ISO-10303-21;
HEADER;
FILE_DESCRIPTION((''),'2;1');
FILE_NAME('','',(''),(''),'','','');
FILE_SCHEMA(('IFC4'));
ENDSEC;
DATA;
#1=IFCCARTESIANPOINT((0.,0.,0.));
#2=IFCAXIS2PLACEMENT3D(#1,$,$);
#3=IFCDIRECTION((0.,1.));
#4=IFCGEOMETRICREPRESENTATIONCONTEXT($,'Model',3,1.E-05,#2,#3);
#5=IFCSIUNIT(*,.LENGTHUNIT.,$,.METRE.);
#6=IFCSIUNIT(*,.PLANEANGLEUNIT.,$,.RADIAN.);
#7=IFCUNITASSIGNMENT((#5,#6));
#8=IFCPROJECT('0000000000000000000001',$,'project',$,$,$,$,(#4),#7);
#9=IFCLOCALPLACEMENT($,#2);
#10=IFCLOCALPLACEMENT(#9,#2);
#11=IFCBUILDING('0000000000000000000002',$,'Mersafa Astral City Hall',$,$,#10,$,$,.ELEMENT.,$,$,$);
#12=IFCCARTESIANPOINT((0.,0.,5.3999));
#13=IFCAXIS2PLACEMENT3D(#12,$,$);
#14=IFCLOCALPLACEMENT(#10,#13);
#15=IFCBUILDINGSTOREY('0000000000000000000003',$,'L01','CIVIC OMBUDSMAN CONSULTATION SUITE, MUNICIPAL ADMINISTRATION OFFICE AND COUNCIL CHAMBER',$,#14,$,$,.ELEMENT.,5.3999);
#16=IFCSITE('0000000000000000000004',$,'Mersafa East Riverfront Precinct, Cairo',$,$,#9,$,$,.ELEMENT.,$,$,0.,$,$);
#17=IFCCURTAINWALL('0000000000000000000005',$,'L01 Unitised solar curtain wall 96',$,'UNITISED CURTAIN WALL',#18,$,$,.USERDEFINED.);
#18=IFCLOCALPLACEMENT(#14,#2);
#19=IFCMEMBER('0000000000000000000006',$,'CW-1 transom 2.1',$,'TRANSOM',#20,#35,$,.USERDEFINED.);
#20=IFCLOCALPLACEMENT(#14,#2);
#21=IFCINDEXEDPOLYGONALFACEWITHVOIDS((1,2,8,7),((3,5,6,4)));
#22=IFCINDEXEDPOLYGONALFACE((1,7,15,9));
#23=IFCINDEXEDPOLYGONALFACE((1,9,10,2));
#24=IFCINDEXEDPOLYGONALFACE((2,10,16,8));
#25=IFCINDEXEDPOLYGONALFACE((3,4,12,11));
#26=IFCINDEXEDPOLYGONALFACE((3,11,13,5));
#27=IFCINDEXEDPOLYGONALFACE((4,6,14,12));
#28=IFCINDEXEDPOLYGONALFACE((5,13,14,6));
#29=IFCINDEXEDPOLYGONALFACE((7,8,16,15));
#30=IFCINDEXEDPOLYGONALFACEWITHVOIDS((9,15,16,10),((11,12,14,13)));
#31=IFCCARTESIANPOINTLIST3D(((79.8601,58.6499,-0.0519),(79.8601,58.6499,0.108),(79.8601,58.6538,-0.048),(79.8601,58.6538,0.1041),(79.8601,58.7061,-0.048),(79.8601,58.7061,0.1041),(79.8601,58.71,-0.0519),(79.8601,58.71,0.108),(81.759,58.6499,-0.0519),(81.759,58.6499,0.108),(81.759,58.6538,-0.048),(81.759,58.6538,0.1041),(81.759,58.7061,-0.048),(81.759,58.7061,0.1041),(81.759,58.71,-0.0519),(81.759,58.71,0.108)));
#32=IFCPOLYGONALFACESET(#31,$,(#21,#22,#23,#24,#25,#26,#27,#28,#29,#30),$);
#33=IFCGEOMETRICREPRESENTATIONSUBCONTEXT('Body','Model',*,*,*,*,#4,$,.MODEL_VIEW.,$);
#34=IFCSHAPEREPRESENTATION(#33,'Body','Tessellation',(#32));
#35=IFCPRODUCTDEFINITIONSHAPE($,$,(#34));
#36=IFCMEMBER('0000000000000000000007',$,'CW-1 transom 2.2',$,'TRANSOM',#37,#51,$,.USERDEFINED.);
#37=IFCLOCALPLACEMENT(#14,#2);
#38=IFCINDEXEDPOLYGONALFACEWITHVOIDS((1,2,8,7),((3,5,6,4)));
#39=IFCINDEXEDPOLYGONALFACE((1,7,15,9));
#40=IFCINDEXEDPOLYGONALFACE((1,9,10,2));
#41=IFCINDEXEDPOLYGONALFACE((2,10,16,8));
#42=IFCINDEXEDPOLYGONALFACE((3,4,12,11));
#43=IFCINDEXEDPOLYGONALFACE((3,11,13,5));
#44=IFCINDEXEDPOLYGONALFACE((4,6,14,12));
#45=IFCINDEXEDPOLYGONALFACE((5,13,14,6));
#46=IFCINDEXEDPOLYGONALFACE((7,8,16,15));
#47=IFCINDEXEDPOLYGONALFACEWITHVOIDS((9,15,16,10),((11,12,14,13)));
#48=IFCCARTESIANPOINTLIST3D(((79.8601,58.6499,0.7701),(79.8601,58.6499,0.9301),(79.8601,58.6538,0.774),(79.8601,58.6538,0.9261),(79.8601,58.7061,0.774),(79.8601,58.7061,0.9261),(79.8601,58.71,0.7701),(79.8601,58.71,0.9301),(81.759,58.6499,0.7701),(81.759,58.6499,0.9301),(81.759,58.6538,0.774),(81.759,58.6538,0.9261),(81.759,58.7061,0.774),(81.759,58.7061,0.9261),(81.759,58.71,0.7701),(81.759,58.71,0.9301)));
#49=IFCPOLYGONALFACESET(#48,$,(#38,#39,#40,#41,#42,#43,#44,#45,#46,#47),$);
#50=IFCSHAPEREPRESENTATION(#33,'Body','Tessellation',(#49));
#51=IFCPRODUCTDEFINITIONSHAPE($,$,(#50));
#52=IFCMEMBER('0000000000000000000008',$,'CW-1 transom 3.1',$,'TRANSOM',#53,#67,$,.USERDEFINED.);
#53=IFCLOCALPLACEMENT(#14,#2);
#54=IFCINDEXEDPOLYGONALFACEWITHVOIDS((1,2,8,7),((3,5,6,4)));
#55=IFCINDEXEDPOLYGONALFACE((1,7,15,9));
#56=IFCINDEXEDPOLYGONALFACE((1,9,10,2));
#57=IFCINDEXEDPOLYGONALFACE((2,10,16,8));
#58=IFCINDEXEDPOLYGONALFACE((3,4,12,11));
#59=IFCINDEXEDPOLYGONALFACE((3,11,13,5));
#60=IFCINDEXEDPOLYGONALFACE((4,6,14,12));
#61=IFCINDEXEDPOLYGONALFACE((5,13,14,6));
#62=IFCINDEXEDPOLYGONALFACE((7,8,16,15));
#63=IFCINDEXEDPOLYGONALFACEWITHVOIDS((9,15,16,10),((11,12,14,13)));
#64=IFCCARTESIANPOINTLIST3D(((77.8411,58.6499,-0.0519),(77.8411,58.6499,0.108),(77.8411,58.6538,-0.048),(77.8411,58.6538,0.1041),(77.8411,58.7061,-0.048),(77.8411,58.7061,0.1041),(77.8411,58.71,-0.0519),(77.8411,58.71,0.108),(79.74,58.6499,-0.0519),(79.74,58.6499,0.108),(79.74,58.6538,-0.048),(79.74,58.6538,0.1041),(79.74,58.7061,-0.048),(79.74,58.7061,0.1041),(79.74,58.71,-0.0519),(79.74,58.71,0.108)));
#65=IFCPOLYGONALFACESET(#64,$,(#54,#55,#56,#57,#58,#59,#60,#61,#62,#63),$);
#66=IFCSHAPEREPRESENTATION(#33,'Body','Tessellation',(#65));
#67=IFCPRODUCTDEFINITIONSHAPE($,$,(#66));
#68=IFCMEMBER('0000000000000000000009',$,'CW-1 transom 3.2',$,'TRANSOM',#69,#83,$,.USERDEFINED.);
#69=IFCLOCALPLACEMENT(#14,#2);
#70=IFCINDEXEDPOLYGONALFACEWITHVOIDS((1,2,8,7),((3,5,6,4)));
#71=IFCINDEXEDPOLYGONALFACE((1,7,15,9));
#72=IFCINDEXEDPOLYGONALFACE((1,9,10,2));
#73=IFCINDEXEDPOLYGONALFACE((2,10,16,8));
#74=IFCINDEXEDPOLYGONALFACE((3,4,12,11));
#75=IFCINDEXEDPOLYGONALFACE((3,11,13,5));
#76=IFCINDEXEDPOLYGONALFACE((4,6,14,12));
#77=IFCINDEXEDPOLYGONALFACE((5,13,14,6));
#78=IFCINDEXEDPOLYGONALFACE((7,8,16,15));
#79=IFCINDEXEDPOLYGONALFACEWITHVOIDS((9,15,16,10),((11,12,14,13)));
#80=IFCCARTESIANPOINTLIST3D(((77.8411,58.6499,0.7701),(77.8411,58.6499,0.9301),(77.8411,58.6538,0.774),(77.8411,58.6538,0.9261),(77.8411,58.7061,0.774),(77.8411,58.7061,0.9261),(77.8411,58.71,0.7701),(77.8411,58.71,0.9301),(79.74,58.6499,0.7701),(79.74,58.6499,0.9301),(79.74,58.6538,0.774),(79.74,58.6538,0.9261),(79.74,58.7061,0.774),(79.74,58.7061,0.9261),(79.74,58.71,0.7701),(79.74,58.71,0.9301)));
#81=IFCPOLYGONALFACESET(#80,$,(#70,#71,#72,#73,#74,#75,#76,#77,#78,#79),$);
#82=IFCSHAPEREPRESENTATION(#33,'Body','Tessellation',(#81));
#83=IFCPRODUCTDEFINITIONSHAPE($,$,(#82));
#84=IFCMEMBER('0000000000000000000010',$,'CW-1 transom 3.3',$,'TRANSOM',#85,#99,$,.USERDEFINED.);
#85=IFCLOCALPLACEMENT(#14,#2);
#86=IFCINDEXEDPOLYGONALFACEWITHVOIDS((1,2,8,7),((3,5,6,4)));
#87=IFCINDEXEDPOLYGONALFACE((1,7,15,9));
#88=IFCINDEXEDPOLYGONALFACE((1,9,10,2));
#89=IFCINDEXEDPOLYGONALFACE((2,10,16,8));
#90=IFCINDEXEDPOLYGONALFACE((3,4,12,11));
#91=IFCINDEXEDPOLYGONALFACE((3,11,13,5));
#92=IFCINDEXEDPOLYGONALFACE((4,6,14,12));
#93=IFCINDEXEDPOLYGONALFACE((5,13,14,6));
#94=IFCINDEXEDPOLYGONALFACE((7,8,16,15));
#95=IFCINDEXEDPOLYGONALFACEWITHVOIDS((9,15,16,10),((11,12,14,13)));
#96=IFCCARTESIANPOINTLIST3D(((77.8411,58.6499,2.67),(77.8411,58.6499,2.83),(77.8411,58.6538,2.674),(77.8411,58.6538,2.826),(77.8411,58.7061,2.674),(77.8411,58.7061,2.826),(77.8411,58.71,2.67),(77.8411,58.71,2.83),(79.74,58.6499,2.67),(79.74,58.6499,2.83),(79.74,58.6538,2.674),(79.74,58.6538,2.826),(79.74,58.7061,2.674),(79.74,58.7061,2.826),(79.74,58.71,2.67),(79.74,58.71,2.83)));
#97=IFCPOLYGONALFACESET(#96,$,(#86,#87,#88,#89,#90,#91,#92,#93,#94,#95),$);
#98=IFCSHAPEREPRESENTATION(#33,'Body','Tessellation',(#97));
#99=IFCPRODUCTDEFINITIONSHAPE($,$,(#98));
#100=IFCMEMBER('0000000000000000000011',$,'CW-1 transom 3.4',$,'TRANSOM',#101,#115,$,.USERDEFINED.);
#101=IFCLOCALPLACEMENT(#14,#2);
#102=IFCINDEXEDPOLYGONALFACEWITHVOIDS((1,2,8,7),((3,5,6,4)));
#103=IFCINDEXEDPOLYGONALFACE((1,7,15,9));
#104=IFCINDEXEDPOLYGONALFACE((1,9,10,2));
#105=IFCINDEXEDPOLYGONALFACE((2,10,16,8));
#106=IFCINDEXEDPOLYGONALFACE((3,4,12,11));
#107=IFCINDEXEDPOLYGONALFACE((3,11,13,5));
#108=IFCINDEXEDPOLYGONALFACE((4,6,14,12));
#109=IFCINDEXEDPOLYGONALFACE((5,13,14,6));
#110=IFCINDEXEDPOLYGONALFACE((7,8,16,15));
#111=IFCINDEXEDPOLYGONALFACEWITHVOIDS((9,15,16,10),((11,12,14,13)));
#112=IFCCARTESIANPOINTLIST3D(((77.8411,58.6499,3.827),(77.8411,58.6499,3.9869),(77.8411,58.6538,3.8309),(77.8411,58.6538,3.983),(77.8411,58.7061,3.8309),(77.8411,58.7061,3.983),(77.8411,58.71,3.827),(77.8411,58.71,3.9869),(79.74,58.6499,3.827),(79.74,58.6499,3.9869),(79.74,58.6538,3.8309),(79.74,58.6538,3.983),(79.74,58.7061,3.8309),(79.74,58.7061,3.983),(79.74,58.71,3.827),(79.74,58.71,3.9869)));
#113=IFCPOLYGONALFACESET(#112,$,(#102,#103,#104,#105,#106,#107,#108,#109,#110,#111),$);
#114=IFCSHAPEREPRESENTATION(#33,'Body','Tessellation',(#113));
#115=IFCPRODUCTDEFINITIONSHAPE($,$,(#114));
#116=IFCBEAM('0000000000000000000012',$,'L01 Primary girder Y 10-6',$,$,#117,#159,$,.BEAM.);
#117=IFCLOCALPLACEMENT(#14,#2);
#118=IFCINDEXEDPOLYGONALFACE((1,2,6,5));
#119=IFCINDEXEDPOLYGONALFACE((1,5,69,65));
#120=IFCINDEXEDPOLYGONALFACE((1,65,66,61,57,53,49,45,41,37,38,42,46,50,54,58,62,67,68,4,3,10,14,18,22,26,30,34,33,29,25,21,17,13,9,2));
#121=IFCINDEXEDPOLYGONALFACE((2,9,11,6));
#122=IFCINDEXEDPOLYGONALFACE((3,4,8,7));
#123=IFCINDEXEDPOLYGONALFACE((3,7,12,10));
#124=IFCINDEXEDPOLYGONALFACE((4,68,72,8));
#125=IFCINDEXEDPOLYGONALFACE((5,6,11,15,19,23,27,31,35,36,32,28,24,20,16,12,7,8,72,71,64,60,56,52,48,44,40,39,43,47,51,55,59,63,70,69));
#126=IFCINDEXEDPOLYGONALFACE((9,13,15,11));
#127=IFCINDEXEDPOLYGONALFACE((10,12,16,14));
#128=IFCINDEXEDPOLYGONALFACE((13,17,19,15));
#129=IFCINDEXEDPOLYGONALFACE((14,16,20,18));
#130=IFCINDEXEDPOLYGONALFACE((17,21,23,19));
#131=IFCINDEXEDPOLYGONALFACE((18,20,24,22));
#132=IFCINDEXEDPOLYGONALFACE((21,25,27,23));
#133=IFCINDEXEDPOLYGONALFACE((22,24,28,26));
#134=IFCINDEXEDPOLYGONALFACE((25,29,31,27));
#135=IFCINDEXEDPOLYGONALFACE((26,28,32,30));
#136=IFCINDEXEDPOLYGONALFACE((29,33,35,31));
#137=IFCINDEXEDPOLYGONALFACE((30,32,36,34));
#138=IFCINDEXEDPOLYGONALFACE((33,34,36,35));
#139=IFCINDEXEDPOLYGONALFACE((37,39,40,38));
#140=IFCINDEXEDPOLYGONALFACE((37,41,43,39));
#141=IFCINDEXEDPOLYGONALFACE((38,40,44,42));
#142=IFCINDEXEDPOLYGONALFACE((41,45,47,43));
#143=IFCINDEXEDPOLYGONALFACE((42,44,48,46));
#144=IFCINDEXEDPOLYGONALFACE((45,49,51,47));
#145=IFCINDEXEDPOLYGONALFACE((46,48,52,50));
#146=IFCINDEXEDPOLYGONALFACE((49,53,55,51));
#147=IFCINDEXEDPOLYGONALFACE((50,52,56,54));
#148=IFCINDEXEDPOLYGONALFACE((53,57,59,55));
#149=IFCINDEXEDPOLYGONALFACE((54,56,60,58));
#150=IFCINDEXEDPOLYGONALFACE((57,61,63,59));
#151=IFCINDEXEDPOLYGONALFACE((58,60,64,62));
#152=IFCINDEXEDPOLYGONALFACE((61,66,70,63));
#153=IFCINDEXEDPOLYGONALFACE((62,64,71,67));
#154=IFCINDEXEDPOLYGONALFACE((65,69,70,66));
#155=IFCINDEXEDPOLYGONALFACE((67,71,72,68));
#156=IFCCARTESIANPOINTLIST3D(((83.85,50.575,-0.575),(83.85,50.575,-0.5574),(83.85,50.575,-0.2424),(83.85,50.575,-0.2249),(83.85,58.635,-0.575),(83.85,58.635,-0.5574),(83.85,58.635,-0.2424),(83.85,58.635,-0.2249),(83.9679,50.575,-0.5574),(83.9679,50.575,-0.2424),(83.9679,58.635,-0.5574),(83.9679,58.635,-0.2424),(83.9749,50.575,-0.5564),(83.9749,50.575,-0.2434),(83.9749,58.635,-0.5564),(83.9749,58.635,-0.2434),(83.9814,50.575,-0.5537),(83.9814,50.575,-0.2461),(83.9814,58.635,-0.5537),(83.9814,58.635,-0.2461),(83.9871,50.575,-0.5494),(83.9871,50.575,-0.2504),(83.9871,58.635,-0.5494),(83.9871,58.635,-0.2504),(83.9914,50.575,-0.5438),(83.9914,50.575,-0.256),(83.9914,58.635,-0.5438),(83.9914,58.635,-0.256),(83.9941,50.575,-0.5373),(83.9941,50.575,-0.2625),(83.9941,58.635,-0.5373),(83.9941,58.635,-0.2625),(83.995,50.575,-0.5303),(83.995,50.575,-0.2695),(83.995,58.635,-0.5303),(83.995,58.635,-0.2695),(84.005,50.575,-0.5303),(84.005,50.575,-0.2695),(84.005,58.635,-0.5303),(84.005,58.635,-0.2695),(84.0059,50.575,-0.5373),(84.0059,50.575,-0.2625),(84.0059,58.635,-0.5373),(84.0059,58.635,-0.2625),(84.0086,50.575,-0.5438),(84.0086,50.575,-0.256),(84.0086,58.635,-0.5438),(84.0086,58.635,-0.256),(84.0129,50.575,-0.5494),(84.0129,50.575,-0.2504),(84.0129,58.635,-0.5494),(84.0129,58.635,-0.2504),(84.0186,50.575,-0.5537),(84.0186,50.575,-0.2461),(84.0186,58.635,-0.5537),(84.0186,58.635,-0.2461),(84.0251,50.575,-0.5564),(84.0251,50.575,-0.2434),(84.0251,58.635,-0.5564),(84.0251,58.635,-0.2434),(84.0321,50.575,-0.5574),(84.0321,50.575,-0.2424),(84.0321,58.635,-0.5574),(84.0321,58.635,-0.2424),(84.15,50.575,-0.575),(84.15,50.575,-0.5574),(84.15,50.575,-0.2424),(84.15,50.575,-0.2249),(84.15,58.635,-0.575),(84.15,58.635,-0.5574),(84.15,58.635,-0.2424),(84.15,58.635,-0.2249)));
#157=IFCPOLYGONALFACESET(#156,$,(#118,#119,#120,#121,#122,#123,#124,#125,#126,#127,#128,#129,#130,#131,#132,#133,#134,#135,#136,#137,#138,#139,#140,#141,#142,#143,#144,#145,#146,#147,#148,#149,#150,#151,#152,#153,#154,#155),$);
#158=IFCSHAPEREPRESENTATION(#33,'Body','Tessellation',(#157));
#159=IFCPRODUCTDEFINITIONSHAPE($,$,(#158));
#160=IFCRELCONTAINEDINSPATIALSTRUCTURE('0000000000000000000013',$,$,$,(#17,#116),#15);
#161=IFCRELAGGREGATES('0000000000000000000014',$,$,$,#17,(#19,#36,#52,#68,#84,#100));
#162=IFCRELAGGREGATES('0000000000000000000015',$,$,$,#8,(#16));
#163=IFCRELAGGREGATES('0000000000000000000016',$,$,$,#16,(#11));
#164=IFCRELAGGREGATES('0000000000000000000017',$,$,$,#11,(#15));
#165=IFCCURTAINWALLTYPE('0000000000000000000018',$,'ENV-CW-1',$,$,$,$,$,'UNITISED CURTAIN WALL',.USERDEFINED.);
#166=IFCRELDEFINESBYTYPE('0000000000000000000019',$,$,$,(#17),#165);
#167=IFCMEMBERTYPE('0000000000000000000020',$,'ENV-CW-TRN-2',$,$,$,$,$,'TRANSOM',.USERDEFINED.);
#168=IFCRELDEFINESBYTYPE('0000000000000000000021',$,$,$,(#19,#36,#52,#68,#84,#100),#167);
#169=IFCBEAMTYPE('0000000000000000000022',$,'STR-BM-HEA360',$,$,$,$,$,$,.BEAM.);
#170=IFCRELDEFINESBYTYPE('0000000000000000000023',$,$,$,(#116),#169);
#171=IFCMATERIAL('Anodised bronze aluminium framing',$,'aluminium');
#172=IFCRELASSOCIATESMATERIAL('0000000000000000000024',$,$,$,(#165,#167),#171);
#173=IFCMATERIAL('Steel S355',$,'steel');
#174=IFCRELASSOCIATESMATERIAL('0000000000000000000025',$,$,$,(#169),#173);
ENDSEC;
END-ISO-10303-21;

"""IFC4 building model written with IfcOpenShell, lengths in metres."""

from ifc_helpers import new_model, si_unit, direction, frame, origin, origin_2d, place, context, subcontext, project, spatial, hollow_rectangle, i_section, extrude, material, material_profile, profile_set, type_object, element, aggregate, save


model = new_model("IFC4")

# Units and contexts
model_context = context("Model", 3, precision=1e-05, world=origin(), true_north=direction((0.0, 1.0)))
body_context = subcontext(model_context, "Body", "Model", "MODEL_VIEW")
ifc_project = project(units=[si_unit("LENGTHUNIT", "METRE"), si_unit("PLANEANGLEUNIT", "RADIAN")], contexts=[model_context])

# Site, building, storey
site_placement = place(None, origin())
site = spatial("IfcSite", under=ifc_project, at=site_placement, Name="Mersafa East Riverfront Precinct, Cairo", CompositionType="ELEMENT", RefElevation=0.0)
building_placement = place(site_placement, origin())
building = spatial("IfcBuilding", under=site, at=building_placement, Name="Mersafa Astral City Hall", CompositionType="ELEMENT")
storey_placement = place(building_placement, frame((0.0, 0.0, 5.3999)))
storey = spatial("IfcBuildingStorey", under=building, at=storey_placement, Name="L01", Description="CIVIC OMBUDSMAN CONSULTATION SUITE, MUNICIPAL ADMINISTRATION OFFICE AND COUNCIL CHAMBER", CompositionType="ELEMENT", Elevation=5.3999)

# Curtain wall
ifc_material_1 = material(Name="Anodised bronze aluminium framing", Category="aluminium")
curtain_wall_type_1 = type_object("IfcCurtainWallType", Name="ENV-CW-1", ElementType="UNITISED CURTAIN WALL", PredefinedType="USERDEFINED", material=ifc_material_1)
curtain_wall_1_placement = place(storey_placement, origin())
curtain_wall_1 = element("IfcCurtainWall", 1, at=curtain_wall_1_placement, inside=storey, type_object=curtain_wall_type_1, Name="L01 Unitised solar curtain wall 96", ObjectType="UNITISED CURTAIN WALL", PredefinedType="USERDEFINED")

# Members
ifc_material_profile_1 = material_profile(ifc_material_1, hollow_rectangle(XDim=0.0601, YDim=0.1599, WallThickness=0.0039, at=origin_2d()), Name="RHS 60x160x4")
ifc_profile_set_1 = profile_set([ifc_material_profile_1], Name="Anodised bronze aluminium framing")
member_type_1 = type_object("IfcMemberType", Name="ENV-CW-TRN-2", ElementType="TRANSOM", PredefinedType="USERDEFINED", material=ifc_profile_set_1)
member_1_placement = place(storey_placement, frame((81.759, 58.6799, 0.0281), z_axis=(-1.0, 0.0, 0.0), x_axis=(0.0, -1.0, 0.0)))
member_1 = element("IfcMember", 2, at=member_1_placement, type_object=member_type_1, Name="CW-1 transom 2.1", ObjectType="TRANSOM", PredefinedType="USERDEFINED", context=body_context, shape_type="SweptSolid", body=[
    extrude(hollow_rectangle(XDim=0.0601, YDim=0.1599, WallThickness=0.0039, at=origin_2d()), origin(), (0.0, 0.0, 1.0), 1.8989),
])
member_2_placement = place(storey_placement, frame((81.759, 58.6799, 0.8501), z_axis=(-1.0, 0.0, 0.0), x_axis=(0.0, -1.0, 0.0)))
member_2 = element("IfcMember", 3, at=member_2_placement, type_object=member_type_1, Name="CW-1 transom 2.2", ObjectType="TRANSOM", PredefinedType="USERDEFINED", context=body_context, shape_type="SweptSolid", body=[
    extrude(hollow_rectangle(XDim=0.0601, YDim=0.1599, WallThickness=0.0039, at=origin_2d()), origin(), (0.0, 0.0, 1.0), 1.8989),
])
member_3_placement = place(storey_placement, frame((79.74, 58.6799, 0.0281), z_axis=(-1.0, 0.0, 0.0), x_axis=(0.0, -1.0, 0.0)))
member_3 = element("IfcMember", 4, at=member_3_placement, type_object=member_type_1, Name="CW-1 transom 3.1", ObjectType="TRANSOM", PredefinedType="USERDEFINED", context=body_context, shape_type="SweptSolid", body=[
    extrude(hollow_rectangle(XDim=0.0601, YDim=0.1599, WallThickness=0.0039, at=origin_2d()), origin(), (0.0, 0.0, 1.0), 1.8989),
])
member_4_placement = place(storey_placement, frame((79.74, 58.6799, 0.8501), z_axis=(-1.0, 0.0, 0.0), x_axis=(0.0, -1.0, 0.0)))
member_4 = element("IfcMember", 5, at=member_4_placement, type_object=member_type_1, Name="CW-1 transom 3.2", ObjectType="TRANSOM", PredefinedType="USERDEFINED", context=body_context, shape_type="SweptSolid", body=[
    extrude(hollow_rectangle(XDim=0.0601, YDim=0.1599, WallThickness=0.0039, at=origin_2d()), origin(), (0.0, 0.0, 1.0), 1.8989),
])
member_5_placement = place(storey_placement, frame((79.74, 58.6799, 2.75), z_axis=(-1.0, 0.0, 0.0), x_axis=(0.0, -1.0, 0.0)))
member_5 = element("IfcMember", 6, at=member_5_placement, type_object=member_type_1, Name="CW-1 transom 3.3", ObjectType="TRANSOM", PredefinedType="USERDEFINED", context=body_context, shape_type="SweptSolid", body=[
    extrude(hollow_rectangle(XDim=0.0601, YDim=0.1599, WallThickness=0.0039, at=origin_2d()), origin(), (0.0, 0.0, 1.0), 1.8989),
])
member_6_placement = place(storey_placement, frame((79.74, 58.6799, 3.907), z_axis=(-1.0, 0.0, 0.0), x_axis=(0.0, -1.0, 0.0)))
member_6 = element("IfcMember", 7, at=member_6_placement, type_object=member_type_1, Name="CW-1 transom 3.4", ObjectType="TRANSOM", PredefinedType="USERDEFINED", context=body_context, shape_type="SweptSolid", body=[
    extrude(hollow_rectangle(XDim=0.0601, YDim=0.1599, WallThickness=0.0039, at=origin_2d()), origin(), (0.0, 0.0, 1.0), 1.8989),
])

# Beam
ifc_material_2 = material(Name="Steel S355", Category="steel")
ifc_material_profile_2 = material_profile(ifc_material_2, i_section(OverallWidth=0.3, OverallDepth=0.3501, WebThickness=0.01, FlangeThickness=0.0176, FilletRadius=0.0271, at=origin_2d()), Name="HEA 360")
ifc_profile_set_2 = profile_set([ifc_material_profile_2], Name="Steel S355")
beam_type_1 = type_object("IfcBeamType", Name="STR-BM-HEA360", PredefinedType="BEAM", material=ifc_profile_set_2)
beam_1_placement = place(storey_placement, frame((84.0, 50.575, -0.3999), z_axis=(0.0, 1.0, 0.0), x_axis=(-1.0, 0.0, 0.0)))
element("IfcBeam", 8, at=beam_1_placement, inside=storey, type_object=beam_type_1, Name="L01 Primary girder Y 10-6", PredefinedType="BEAM", context=body_context, shape_type="SweptSolid", body=[
    extrude(i_section(OverallWidth=0.3, OverallDepth=0.3501, WebThickness=0.01, FlangeThickness=0.0176, FilletRadius=0.0271, at=origin_2d()), origin(), (0.0, 0.0, 1.0), 8.0601),
])

aggregate(curtain_wall_1, [member_1, member_2, member_3, member_4, member_5, member_6])

save(model, "model.ifc")
